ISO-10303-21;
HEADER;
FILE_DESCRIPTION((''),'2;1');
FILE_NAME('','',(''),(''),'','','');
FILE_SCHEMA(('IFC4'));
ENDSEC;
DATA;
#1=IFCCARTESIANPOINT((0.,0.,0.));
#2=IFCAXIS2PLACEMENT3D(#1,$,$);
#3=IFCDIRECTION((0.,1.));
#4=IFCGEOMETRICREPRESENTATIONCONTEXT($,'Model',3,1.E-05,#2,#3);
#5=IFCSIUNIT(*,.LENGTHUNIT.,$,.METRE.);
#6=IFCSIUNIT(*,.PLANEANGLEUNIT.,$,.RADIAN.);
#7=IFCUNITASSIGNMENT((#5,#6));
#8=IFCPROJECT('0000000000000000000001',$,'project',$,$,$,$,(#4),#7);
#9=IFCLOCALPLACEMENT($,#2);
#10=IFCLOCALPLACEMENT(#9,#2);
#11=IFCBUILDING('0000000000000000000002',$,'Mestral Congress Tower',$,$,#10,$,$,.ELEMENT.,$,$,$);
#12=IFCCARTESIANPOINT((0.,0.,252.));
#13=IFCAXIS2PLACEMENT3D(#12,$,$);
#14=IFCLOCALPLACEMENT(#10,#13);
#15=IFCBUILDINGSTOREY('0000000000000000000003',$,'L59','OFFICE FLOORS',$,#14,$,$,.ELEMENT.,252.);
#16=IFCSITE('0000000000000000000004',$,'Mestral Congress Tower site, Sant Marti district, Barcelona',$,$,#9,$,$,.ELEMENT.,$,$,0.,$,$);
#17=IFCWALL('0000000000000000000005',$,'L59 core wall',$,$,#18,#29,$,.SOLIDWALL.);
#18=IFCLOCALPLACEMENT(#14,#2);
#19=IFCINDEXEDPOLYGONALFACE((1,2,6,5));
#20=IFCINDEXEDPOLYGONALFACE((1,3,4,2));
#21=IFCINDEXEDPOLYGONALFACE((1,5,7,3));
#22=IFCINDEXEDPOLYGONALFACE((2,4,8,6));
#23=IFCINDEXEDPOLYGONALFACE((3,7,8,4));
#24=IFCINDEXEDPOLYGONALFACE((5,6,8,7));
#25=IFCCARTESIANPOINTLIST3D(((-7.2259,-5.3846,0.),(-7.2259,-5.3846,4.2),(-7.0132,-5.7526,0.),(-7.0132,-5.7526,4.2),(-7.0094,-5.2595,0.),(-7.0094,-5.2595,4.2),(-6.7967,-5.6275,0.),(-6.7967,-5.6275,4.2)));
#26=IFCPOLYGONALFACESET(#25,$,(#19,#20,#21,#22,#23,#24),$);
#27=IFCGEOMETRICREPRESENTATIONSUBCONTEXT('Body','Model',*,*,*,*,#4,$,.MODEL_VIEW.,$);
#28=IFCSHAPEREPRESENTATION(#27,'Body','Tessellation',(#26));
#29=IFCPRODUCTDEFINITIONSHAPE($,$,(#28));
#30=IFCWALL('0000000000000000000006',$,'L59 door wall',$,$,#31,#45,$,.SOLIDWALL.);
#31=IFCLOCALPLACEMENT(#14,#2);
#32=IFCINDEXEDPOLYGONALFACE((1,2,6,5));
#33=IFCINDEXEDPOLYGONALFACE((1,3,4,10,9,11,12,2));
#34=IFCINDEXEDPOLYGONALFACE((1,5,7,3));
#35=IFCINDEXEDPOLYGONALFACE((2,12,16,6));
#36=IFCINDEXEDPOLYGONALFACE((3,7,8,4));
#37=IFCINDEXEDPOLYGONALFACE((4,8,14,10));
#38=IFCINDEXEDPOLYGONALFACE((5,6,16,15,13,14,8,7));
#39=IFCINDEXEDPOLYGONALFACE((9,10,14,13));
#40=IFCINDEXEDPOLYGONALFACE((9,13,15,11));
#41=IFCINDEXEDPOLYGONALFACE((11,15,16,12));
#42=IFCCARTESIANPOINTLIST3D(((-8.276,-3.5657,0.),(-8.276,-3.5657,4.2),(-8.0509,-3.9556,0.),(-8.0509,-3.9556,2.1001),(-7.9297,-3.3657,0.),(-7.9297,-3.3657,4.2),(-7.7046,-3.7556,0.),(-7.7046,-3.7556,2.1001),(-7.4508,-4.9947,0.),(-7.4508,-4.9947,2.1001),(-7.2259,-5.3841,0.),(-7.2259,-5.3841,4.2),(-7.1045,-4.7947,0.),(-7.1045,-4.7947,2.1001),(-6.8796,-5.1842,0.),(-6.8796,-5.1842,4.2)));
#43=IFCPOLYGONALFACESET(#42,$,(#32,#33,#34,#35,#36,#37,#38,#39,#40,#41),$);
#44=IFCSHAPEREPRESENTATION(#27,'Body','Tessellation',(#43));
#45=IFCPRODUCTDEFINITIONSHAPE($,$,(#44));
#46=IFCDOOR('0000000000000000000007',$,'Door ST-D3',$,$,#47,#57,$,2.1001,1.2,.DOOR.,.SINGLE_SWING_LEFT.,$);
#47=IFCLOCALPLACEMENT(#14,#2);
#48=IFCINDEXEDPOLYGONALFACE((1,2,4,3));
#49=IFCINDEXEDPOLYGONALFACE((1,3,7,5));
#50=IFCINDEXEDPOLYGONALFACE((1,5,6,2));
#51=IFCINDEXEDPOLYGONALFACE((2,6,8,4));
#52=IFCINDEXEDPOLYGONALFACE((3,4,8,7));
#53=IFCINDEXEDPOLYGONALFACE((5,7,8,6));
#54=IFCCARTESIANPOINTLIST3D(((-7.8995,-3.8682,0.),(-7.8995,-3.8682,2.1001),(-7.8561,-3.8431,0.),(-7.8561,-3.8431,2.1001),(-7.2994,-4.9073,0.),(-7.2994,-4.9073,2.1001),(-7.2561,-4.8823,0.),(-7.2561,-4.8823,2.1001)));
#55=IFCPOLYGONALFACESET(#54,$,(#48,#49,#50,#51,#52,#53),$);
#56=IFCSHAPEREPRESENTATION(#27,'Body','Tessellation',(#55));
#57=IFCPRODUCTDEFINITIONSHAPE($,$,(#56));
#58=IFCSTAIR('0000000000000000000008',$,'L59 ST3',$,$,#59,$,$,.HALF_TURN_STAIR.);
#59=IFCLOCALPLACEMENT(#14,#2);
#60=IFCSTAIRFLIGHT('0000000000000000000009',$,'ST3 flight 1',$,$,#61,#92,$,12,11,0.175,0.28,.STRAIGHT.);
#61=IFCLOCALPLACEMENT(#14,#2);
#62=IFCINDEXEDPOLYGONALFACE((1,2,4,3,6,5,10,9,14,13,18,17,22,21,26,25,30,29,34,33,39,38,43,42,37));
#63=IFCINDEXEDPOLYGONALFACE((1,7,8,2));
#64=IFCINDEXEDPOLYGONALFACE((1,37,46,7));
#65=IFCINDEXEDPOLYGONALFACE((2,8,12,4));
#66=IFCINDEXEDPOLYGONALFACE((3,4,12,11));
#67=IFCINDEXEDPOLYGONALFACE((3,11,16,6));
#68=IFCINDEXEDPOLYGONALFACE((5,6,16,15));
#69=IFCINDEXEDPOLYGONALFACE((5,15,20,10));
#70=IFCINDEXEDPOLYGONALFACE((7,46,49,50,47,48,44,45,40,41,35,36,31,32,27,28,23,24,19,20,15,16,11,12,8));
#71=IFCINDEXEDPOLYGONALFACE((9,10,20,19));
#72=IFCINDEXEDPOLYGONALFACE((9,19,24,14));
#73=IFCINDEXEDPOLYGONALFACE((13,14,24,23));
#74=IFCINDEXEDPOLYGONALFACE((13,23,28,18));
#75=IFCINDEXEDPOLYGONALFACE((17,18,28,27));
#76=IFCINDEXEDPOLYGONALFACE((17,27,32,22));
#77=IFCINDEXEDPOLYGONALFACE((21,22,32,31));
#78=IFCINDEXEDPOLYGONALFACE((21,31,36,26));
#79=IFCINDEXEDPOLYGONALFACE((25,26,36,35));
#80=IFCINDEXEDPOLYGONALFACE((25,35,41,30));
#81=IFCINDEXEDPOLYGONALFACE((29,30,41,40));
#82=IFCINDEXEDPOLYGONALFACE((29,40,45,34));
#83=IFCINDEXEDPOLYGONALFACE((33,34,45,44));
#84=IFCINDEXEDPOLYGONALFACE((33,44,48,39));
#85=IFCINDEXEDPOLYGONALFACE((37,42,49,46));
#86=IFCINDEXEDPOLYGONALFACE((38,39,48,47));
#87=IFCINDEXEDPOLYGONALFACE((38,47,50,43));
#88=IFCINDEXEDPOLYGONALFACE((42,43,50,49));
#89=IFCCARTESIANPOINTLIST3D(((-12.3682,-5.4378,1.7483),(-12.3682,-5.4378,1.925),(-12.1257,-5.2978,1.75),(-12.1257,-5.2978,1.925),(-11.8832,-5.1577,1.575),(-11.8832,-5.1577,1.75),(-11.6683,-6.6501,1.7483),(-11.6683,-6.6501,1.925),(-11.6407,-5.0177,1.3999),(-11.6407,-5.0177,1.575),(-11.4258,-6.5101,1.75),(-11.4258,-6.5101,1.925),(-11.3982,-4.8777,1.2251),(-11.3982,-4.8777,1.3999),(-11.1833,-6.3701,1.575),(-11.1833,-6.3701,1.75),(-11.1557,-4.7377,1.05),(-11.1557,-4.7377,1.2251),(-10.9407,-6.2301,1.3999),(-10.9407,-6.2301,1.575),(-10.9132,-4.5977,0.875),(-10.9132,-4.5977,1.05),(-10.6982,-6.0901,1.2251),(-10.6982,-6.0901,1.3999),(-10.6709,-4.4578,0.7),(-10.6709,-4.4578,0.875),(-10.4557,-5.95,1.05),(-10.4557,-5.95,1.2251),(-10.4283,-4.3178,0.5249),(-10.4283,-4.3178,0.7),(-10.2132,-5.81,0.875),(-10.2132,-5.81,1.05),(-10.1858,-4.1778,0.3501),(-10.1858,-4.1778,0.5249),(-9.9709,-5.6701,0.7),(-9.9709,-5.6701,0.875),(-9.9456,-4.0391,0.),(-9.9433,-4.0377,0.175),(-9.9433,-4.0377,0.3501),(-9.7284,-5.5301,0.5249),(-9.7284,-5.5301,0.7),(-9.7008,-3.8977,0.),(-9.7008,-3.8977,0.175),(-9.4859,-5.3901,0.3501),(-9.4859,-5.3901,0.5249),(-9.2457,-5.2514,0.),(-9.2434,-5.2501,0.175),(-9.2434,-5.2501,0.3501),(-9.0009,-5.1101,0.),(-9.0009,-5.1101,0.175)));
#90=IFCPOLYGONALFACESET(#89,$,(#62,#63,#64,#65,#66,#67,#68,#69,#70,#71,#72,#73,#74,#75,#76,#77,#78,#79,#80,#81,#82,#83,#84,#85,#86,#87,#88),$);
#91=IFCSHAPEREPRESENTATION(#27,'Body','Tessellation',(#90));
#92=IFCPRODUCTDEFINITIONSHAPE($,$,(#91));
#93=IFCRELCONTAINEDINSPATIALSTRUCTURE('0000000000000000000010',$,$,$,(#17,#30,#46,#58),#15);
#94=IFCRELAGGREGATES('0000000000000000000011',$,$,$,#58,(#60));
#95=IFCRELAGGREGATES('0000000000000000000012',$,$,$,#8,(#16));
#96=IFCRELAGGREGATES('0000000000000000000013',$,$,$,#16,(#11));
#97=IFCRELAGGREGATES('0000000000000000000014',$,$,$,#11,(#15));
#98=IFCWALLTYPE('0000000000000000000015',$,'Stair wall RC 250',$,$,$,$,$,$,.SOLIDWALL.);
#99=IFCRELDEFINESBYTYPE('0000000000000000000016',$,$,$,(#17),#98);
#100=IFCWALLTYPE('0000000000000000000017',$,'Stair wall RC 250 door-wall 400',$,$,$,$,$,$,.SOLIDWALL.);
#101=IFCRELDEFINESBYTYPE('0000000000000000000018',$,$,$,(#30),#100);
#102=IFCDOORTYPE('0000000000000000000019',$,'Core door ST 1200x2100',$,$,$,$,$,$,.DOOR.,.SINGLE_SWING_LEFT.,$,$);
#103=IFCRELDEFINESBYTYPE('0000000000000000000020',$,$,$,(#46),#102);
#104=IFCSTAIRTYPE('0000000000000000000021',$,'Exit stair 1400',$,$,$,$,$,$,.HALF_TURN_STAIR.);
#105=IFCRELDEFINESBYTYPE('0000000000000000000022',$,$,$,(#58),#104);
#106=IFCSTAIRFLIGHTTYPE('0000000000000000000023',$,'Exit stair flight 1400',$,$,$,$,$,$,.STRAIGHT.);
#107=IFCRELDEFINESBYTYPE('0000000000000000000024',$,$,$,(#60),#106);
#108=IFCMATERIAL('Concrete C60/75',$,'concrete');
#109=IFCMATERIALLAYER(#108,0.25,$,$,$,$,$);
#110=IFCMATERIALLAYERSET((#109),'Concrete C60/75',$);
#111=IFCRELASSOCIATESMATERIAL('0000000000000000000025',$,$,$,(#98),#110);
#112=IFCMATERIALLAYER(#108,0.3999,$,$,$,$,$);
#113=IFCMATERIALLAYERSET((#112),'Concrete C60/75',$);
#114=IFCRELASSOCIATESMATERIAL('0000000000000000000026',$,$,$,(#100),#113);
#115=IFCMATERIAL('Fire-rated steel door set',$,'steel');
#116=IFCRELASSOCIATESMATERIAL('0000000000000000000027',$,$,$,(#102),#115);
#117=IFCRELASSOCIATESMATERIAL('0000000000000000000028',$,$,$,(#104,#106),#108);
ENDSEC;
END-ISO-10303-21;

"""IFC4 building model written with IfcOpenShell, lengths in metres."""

from ifc_helpers import new_model, si_unit, direction, frame, frame_2d, origin, place, context, subcontext, project, spatial, polyline, rectangle, outline, extrude, material, layer, layer_set, type_object, element, fill, aggregate, save


model = new_model("IFC4")

# Units and contexts
model_context = context("Model", 3, precision=1e-05, world=origin(), true_north=direction((0.0, 1.0)))
body_context = subcontext(model_context, "Body", "Model", "MODEL_VIEW")
ifc_project = project(units=[si_unit("LENGTHUNIT", "METRE"), si_unit("PLANEANGLEUNIT", "RADIAN")], contexts=[model_context])

# Site, building, storey
site_placement = place(None, origin())
site = spatial("IfcSite", under=ifc_project, at=site_placement, Name="Mestral Congress Tower site, Sant Marti district, Barcelona", CompositionType="ELEMENT", RefElevation=0.0)
building_placement = place(site_placement, origin())
building = spatial("IfcBuilding", under=site, at=building_placement, Name="Mestral Congress Tower", CompositionType="ELEMENT")
storey_placement = place(building_placement, frame((0.0, 0.0, 252.0)))
storey = spatial("IfcBuildingStorey", under=building, at=storey_placement, Name="L59", Description="OFFICE FLOORS", CompositionType="ELEMENT", Elevation=252.0)

# Shared definitions
ifc_material_1 = material(Name="Fire-rated steel door set", Category="steel")

# Shared definitions
ifc_material_2 = material(Name="Concrete C60/75", Category="concrete")

# Wall
ifc_layer_1 = layer(ifc_material_2, 0.25)
ifc_layer_set_1 = layer_set([ifc_layer_1], Name="Concrete C60/75")
wall_type_1 = type_object("IfcWallType", Name="Stair wall RC 250", PredefinedType="SOLIDWALL", material=ifc_layer_set_1)
wall_1_placement = place(storey_placement, frame((-6.905, -5.6899, 0.0), z_axis=(0.0, 0.0, 1.0), x_axis=(-0.500402, 0.865793, 0.0)))
element("IfcWall", 1, at=wall_1_placement, inside=storey, type_object=wall_type_1, Name="L59 core wall", PredefinedType="SOLIDWALL", context=body_context, shape_type="SweptSolid", body=[
    extrude(rectangle(XDim=0.425, YDim=0.25, at=frame_2d((0.2124, 0.0))), origin(), (0.0, 0.0, 1.0), 4.2),
])

# Wall, opening, door
ifc_layer_2 = layer(ifc_material_2, 0.3999)
ifc_layer_set_2 = layer_set([ifc_layer_2], Name="Concrete C60/75")
wall_type_2 = type_object("IfcWallType", Name="Stair wall RC 250 door-wall 400", PredefinedType="SOLIDWALL", material=ifc_layer_set_2)
wall_2_placement = place(storey_placement, frame((-8.1028, -3.4658, 0.0), z_axis=(0.0, 0.0, 1.0), x_axis=(0.500078, -0.86598, 0.0)))
wall_2 = element("IfcWall", 2, at=wall_2_placement, inside=storey, type_object=wall_type_2, Name="L59 door wall", PredefinedType="SOLIDWALL", context=body_context, shape_type="SweptSolid", body=[
    extrude(rectangle(XDim=2.0999, YDim=0.3999, at=frame_2d((1.0498, 0.0))), origin(), (0.0, 0.0, 1.0), 4.2),
])
opening_1_placement = place(wall_2_placement, frame((0.45, 0.0, 0.0)))
opening_1 = element("IfcOpeningElement", 3, at=opening_1_placement, cuts=wall_2, PredefinedType="OPENING", context=body_context, shape_type="SweptSolid", body=[
    extrude(rectangle(XDim=1.2, YDim=2.1001, at=frame_2d((0.6001, 1.05))), frame((0.0, 0.21, 0.0), z_axis=(0.0, -1.0, 0.0), x_axis=(1.0, 0.0, 0.0)), (0.0, 0.0, 1.0), 0.4199),
])
door_type_1 = type_object("IfcDoorType", Name="Core door ST 1200x2100", OperationType="SINGLE_SWING_LEFT", PredefinedType="DOOR", material=ifc_material_1)
door_1_placement = place(opening_1_placement, origin())
door_1 = element("IfcDoor", 4, at=door_1_placement, inside=storey, type_object=door_type_1, Name="Door ST-D3", OperationType="SINGLE_SWING_LEFT", OverallHeight=2.1001, OverallWidth=1.2, PredefinedType="DOOR", context=body_context, shape_type="SweptSolid", body=[
    extrude(rectangle(XDim=1.2, YDim=2.1001, at=frame_2d((0.6001, 1.05))), frame((0.0, 0.0249, 0.0), z_axis=(0.0, -1.0, 0.0), x_axis=(1.0, 0.0, 0.0)), (0.0, 0.0, 1.0), 0.05),
])
fill(opening_1, door_1)

# Stair, stair flight
stair_type = type_object("IfcStairType", Name="Exit stair 1400", PredefinedType="HALF_TURN_STAIR", material=ifc_material_2)
stair_placement = place(storey_placement, origin())
stair = element("IfcStair", 5, at=stair_placement, inside=storey, type_object=stair_type, Name="L59 ST3", PredefinedType="HALF_TURN_STAIR")
stair_flight_type = type_object("IfcStairFlightType", Name="Exit stair flight 1400", PredefinedType="STRAIGHT", material=ifc_material_2)
stair_flight_placement = place(storey_placement, frame((-9.3508, -4.5039, 0.0), z_axis=(0.0, 0.0, 1.0), x_axis=(-0.866025, -0.5, 0.0)))
stair_flight = element("IfcStairFlight", 6, at=stair_flight_placement, type_object=stair_flight_type, Name="ST3 flight 1", NumberOfRisers=12, NumberOfTreads=11, PredefinedType="STRAIGHT", RiserHeight=0.175, TreadLength=0.28, context=body_context, shape_type="SweptSolid", body=[
    extrude(outline(polyline([(0.0, 0.0), (0.0, 0.175), (0.28, 0.175), (0.28, 0.3501), (0.5601, 0.3501), (0.5601, 0.5249), (0.8401, 0.5249), (0.8401, 0.7), (1.1201, 0.7), (1.1201, 0.875), (1.3999, 0.875), (1.3999, 1.05), (1.6799, 1.05), (1.6799, 1.2251), (1.96, 1.2251), (1.96, 1.3999), (2.24, 1.3999), (2.24, 1.575), (2.52, 1.575), (2.52, 1.75), (2.8, 1.75), (2.8, 1.925), (3.0801, 1.925), (3.0801, 2.1001), (3.0801, 1.7483), (0.2827, 0.0), (0.0, 0.0)])), frame((0.0, 0.7, 0.0), z_axis=(0.0, -1.0, 0.0), x_axis=(1.0, 0.0, 0.0)), (0.0, 0.0, 1.0), 1.3999),
])
aggregate(stair, [stair_flight])

save(model, "model.ifc")
